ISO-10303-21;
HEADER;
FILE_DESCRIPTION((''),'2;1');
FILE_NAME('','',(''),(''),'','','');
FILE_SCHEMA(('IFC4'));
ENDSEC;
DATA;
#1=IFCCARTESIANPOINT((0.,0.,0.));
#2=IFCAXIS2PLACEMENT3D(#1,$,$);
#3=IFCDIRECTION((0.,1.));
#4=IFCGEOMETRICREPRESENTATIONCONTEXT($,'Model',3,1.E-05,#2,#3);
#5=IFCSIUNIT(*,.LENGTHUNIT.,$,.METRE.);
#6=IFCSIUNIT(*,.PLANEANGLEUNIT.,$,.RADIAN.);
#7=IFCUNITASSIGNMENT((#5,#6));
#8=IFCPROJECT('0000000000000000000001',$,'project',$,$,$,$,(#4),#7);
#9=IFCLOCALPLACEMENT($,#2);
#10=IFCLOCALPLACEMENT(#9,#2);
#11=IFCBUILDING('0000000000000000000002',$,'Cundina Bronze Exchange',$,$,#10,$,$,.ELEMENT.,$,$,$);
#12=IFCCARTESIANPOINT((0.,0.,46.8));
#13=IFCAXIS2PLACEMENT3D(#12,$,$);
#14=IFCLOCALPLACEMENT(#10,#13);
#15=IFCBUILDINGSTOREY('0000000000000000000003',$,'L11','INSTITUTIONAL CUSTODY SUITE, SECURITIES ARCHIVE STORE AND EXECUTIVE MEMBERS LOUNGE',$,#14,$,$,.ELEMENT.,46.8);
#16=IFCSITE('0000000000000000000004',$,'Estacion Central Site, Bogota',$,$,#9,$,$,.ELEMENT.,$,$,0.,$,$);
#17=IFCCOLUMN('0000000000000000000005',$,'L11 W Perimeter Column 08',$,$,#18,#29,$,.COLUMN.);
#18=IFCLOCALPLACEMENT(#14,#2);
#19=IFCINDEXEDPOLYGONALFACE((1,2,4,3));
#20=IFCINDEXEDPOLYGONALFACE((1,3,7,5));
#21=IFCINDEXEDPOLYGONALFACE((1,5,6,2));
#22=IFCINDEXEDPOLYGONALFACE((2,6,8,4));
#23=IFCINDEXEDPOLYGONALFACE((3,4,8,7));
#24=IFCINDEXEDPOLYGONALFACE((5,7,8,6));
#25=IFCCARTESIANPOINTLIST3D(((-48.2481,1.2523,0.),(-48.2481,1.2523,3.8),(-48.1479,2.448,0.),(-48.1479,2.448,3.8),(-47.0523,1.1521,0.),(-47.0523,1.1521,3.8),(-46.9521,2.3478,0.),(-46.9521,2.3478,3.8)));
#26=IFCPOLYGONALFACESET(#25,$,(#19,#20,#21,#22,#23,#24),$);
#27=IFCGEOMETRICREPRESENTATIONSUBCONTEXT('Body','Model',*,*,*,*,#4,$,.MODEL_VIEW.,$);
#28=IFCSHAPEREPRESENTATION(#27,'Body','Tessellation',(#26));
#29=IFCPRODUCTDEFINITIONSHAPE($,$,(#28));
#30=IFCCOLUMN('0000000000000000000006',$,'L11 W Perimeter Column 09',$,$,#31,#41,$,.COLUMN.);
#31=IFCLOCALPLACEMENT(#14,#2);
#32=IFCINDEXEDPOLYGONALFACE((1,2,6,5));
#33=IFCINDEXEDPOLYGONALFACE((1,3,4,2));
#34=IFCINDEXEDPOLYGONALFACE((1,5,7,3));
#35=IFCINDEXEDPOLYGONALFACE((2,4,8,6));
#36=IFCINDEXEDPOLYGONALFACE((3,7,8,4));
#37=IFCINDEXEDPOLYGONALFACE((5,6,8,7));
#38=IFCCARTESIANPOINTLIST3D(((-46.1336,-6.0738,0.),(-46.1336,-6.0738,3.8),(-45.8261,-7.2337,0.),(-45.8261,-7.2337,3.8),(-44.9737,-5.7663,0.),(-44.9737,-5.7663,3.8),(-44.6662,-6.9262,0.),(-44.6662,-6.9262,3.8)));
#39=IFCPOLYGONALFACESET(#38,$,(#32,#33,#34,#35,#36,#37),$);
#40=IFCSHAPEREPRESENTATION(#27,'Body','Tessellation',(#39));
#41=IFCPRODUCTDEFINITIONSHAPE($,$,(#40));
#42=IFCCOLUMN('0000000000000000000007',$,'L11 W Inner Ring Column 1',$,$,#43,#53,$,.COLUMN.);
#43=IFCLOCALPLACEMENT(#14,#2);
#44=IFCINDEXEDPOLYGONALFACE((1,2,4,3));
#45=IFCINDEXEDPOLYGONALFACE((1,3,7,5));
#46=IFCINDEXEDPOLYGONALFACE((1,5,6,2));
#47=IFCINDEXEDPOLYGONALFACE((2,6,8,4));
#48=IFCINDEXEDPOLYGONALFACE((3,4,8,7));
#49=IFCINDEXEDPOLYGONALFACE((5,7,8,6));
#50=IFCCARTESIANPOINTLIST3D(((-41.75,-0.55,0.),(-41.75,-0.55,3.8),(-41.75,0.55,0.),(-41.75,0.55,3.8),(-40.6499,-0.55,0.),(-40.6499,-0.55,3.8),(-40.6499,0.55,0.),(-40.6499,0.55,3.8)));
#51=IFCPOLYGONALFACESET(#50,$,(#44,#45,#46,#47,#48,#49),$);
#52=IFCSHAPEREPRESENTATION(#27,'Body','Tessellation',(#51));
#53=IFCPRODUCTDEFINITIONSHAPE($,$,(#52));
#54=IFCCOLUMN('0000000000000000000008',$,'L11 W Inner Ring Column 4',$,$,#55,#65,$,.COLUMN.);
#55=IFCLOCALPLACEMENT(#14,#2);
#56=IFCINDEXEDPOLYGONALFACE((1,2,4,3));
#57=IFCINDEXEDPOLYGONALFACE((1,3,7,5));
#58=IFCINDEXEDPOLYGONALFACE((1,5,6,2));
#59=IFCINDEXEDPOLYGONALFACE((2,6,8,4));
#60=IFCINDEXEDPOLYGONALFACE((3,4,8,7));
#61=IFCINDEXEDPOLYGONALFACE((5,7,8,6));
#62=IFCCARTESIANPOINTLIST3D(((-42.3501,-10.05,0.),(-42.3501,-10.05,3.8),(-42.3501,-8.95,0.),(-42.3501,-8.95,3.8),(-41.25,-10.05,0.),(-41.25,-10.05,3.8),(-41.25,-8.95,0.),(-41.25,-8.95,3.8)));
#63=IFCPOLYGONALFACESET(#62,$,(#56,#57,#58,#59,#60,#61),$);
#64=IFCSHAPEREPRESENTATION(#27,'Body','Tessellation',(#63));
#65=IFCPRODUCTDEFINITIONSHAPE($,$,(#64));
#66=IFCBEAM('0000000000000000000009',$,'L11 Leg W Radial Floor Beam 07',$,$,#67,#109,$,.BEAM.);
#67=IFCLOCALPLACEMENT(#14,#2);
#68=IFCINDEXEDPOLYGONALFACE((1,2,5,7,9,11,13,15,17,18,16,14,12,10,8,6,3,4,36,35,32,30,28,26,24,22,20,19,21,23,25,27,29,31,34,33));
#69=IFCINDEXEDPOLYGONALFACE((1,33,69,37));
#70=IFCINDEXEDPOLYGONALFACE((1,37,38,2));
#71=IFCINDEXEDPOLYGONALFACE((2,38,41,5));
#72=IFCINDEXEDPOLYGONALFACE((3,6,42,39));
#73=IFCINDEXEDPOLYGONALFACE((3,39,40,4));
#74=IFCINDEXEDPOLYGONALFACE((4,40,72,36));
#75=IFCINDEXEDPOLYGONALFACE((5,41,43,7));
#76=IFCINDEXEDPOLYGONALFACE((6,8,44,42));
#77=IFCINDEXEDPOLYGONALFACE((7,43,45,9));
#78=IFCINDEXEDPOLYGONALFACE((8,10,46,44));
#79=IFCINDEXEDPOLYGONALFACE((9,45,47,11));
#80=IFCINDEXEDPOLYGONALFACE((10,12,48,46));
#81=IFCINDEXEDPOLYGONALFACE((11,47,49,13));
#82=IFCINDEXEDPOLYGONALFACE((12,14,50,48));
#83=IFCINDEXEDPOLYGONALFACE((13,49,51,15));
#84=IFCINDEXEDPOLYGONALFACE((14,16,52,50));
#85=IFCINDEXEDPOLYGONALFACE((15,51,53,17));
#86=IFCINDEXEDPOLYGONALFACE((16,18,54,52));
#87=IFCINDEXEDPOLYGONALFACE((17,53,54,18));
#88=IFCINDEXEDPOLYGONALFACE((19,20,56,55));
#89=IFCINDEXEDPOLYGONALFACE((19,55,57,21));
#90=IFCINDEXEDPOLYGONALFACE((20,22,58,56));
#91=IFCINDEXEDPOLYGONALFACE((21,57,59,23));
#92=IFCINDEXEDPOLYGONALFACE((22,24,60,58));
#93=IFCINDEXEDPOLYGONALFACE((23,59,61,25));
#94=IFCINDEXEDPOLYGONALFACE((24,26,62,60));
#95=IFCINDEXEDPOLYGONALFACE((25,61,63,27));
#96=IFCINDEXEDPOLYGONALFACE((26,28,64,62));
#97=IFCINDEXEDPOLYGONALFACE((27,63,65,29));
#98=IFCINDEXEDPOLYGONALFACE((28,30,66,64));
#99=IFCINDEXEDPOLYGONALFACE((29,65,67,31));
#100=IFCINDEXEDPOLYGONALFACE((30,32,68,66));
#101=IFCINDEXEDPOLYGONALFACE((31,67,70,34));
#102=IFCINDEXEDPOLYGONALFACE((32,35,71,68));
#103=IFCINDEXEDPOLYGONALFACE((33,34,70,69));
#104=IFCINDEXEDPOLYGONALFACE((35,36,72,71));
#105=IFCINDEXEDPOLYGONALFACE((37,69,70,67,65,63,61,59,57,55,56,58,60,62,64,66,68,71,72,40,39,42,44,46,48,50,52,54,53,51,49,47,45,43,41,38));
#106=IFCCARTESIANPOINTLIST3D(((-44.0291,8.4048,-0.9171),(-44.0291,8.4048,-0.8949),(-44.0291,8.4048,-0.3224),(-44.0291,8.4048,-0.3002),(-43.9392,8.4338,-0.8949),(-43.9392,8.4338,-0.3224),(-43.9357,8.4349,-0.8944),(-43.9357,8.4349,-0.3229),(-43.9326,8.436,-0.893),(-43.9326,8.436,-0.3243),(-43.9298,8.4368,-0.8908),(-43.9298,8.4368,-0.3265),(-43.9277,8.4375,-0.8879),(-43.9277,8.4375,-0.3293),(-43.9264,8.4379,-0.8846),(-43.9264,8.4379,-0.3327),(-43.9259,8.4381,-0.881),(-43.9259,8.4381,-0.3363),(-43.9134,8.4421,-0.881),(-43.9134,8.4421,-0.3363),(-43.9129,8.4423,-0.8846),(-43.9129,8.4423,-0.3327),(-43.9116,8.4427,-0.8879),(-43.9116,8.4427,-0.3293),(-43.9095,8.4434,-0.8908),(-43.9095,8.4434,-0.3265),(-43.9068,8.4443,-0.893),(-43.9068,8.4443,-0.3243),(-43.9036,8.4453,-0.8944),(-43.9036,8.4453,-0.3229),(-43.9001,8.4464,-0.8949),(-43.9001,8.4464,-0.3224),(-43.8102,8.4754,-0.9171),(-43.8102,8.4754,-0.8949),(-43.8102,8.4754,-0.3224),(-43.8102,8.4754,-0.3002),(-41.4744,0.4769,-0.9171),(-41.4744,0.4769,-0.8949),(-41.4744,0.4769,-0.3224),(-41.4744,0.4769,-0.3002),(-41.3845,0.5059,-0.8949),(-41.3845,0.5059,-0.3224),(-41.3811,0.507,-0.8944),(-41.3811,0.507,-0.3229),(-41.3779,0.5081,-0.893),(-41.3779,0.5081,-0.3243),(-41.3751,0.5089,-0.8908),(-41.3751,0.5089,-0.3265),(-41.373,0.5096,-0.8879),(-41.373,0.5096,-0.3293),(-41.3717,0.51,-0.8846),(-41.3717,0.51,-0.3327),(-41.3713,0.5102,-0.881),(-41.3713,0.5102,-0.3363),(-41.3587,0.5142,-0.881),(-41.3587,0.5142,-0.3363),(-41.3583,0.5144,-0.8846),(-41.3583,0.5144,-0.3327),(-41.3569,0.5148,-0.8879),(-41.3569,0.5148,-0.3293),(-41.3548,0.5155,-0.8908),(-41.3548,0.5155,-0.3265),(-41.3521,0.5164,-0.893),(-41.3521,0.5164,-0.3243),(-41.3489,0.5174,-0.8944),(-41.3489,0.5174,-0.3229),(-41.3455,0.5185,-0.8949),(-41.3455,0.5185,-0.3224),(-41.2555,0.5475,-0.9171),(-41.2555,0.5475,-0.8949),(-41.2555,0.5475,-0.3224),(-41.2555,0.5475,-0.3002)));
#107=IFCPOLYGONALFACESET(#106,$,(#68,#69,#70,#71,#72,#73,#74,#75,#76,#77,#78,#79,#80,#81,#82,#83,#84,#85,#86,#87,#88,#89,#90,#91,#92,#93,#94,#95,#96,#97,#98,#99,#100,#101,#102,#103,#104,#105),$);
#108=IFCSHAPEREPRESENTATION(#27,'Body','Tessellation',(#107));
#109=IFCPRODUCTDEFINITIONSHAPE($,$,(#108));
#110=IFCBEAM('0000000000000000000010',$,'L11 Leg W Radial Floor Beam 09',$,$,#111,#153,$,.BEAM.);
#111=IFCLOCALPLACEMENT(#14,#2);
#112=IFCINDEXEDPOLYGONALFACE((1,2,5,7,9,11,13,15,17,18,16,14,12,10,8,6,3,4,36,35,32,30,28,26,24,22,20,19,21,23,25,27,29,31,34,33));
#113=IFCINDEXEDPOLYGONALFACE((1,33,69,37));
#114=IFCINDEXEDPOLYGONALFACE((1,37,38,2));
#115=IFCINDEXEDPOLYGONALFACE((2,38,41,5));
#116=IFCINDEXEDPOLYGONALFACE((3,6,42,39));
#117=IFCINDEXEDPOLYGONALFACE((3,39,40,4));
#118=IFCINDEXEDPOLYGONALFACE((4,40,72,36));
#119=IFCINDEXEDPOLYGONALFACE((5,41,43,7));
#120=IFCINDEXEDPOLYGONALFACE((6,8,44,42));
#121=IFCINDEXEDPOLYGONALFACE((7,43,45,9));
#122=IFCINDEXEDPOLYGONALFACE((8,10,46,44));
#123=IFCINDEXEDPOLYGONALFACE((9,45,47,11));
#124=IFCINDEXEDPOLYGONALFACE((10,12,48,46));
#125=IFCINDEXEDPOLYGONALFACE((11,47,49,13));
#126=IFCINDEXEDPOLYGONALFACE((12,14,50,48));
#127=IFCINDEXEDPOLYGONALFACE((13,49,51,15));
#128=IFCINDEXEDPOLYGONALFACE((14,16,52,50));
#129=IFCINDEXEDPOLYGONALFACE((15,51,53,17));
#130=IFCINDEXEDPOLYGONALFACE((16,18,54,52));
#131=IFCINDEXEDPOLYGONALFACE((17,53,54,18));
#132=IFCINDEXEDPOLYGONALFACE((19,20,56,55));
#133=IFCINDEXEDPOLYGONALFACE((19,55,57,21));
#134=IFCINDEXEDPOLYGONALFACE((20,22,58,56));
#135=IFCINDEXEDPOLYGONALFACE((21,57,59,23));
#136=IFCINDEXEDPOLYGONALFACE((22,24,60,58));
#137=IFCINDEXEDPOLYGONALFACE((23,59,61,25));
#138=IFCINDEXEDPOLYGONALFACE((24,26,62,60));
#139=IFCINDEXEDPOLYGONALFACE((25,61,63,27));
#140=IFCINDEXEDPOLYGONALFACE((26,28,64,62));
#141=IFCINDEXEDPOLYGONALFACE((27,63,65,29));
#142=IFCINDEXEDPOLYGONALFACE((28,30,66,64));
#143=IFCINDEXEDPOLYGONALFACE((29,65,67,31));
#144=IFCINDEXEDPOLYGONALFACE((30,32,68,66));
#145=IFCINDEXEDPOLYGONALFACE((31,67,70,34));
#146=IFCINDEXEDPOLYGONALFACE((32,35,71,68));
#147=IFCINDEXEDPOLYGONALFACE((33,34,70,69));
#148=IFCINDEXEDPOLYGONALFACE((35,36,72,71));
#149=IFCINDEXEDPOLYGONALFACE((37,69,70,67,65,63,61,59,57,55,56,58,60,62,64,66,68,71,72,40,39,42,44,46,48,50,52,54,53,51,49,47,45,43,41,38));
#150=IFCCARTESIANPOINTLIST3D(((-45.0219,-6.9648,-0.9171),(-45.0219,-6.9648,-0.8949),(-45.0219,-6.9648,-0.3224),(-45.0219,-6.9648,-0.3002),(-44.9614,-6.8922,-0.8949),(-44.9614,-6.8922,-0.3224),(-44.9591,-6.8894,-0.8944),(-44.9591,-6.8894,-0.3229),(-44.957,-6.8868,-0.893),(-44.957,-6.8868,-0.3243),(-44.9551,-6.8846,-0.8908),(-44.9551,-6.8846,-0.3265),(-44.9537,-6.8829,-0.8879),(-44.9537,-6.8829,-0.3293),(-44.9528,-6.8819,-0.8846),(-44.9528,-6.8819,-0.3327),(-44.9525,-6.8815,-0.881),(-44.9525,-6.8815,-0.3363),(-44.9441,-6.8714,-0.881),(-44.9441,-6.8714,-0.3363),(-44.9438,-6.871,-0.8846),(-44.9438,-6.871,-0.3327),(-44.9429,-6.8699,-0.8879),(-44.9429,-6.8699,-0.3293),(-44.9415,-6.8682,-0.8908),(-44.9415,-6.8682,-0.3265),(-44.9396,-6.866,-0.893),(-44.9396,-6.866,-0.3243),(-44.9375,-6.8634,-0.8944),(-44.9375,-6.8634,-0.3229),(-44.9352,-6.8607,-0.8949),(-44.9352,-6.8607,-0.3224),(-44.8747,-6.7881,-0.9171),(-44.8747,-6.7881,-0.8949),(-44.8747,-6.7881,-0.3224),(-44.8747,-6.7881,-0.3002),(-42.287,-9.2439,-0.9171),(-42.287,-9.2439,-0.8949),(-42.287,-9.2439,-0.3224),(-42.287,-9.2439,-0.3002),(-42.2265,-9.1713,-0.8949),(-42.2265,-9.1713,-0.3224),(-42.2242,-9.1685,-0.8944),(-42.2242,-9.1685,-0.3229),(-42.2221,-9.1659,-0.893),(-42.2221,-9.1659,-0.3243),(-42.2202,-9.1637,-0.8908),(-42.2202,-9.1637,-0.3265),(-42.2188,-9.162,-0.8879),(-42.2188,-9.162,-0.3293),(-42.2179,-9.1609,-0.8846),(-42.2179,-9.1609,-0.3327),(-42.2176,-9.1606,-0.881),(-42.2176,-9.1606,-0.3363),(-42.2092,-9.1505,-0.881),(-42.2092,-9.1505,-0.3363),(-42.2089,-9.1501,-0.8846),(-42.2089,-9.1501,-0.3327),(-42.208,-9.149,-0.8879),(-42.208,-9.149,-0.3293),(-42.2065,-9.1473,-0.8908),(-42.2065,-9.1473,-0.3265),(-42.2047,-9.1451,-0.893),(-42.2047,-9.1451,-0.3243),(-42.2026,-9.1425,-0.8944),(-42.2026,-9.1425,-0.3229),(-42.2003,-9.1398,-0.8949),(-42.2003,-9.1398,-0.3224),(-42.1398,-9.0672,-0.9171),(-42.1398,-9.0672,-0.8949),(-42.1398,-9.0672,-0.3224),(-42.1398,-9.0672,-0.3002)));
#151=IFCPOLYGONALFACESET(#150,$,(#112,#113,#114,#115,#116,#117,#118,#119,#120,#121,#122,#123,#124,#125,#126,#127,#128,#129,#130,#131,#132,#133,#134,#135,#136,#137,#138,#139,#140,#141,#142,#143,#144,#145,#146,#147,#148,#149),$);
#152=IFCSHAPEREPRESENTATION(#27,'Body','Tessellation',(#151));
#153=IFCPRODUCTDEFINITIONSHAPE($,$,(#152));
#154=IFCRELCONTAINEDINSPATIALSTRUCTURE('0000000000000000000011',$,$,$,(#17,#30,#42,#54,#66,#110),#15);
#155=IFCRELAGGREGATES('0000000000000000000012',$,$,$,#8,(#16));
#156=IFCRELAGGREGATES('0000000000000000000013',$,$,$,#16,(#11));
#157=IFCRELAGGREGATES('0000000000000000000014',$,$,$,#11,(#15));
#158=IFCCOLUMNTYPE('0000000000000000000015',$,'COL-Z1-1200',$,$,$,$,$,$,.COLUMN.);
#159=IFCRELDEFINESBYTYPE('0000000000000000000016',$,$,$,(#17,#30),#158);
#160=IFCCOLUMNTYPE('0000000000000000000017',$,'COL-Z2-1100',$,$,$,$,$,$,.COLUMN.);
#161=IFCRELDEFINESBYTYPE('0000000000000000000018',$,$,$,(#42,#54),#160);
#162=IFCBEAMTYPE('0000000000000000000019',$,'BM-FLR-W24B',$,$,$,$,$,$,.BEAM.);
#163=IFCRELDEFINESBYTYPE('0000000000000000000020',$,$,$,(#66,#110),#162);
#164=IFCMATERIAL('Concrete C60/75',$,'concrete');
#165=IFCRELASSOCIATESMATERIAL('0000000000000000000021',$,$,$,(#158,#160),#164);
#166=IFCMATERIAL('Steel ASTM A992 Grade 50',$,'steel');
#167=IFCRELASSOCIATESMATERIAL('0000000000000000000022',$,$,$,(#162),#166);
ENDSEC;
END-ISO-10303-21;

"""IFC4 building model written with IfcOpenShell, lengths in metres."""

from ifc_helpers import new_model, si_unit, direction, frame, origin, origin_2d, place, context, subcontext, project, spatial, rectangle, i_section, extrude, material, material_profile, profile_set, type_object, element, save


model = new_model("IFC4")

# Units and contexts
model_context = context("Model", 3, precision=1e-05, world=origin(), true_north=direction((0.0, 1.0)))
body_context = subcontext(model_context, "Body", "Model", "MODEL_VIEW")
ifc_project = project(units=[si_unit("LENGTHUNIT", "METRE"), si_unit("PLANEANGLEUNIT", "RADIAN")], contexts=[model_context])

# Site, building, storey
site_placement = place(None, origin())
site = spatial("IfcSite", under=ifc_project, at=site_placement, Name="Estacion Central Site, Bogota", CompositionType="ELEMENT", RefElevation=0.0)
building_placement = place(site_placement, origin())
building = spatial("IfcBuilding", under=site, at=building_placement, Name="Cundina Bronze Exchange", CompositionType="ELEMENT")
storey_placement = place(building_placement, frame((0.0, 0.0, 46.8)))
storey = spatial("IfcBuildingStorey", under=building, at=storey_placement, Name="L11", Description="INSTITUTIONAL CUSTODY SUITE, SECURITIES ARCHIVE STORE AND EXECUTIVE MEMBERS LOUNGE", CompositionType="ELEMENT", Elevation=46.8)

# Columns
ifc_material_1 = material(Name="Concrete C60/75", Category="concrete")
ifc_material_profile_1 = material_profile(ifc_material_1, rectangle(XDim=1.2, YDim=1.2, at=origin_2d()), Name="RC1200X1200", Category="concrete")
ifc_profile_set_1 = profile_set([ifc_material_profile_1], Name="Concrete C60/75")
column_type_1 = type_object("IfcColumnType", Name="COL-Z1-1200", PredefinedType="COLUMN", material=ifc_profile_set_1)
for number, where, z_axis, x_axis, name in (
    (1, (-47.6001, 1.8, 0.0), (0.0, 0.0, 1.0), (-0.083504, -0.996507, 0.0), "L11 W Perimeter Column 08"),
    (2, (-45.3999, -6.5, 0.0), (0.0, 0.0, 1.0), (0.256289, -0.9666, 0.0), "L11 W Perimeter Column 09"),
):
    element("IfcColumn", number, at=place(storey_placement, frame(where, z_axis=z_axis, x_axis=x_axis)), inside=storey, type_object=column_type_1, Name=name, PredefinedType="COLUMN", context=body_context, shape_type="SweptSolid", body=[
        extrude(rectangle(XDim=1.2, YDim=1.2, at=origin_2d()), origin(), (0.0, 0.0, 1.0), 3.8),
    ])
ifc_material_profile_2 = material_profile(ifc_material_1, rectangle(XDim=1.1001, YDim=1.1001, at=origin_2d()), Name="RC1100X1100", Category="concrete")
ifc_profile_set_2 = profile_set([ifc_material_profile_2], Name="Concrete C60/75")
column_type_2 = type_object("IfcColumnType", Name="COL-Z2-1100", PredefinedType="COLUMN", material=ifc_profile_set_2)
for number, where, z_axis, x_axis, name in (
    (3, (-41.2, 0.0, 0.0), (0.0, 0.0, 1.0), (1.0, 0.0, 0.0), "L11 W Inner Ring Column 1"),
    (4, (-41.8, -9.5, 0.0), (0.0, 0.0, 1.0), (1.0, 0.0, 0.0), "L11 W Inner Ring Column 4"),
):
    element("IfcColumn", number, at=place(storey_placement, frame(where, z_axis=z_axis, x_axis=x_axis)), inside=storey, type_object=column_type_2, Name=name, PredefinedType="COLUMN", context=body_context, shape_type="SweptSolid", body=[
        extrude(rectangle(XDim=1.1001, YDim=1.1001, at=origin_2d()), origin(), (0.0, 0.0, 1.0), 3.8),
    ])

# Beams
ifc_material_2 = material(Name="Steel ASTM A992 Grade 50", Category="steel")
ifc_material_profile_3 = material_profile(ifc_material_2, i_section(OverallWidth=0.23, OverallDepth=0.6169, WebThickness=0.0132, FlangeThickness=0.0222, FilletRadius=0.0139, at=origin_2d()), Name="W24X94", Category="steel")
ifc_profile_set_3 = profile_set([ifc_material_profile_3], Name="Steel ASTM A992 Grade 50")
beam_type_1 = type_object("IfcBeamType", Name="BM-FLR-W24B", PredefinedType="BEAM", material=ifc_profile_set_3)
beam_1_placement = place(storey_placement, frame((-41.365, 0.5122, -0.6086), z_axis=(-0.306706, 0.951804, 0.0), x_axis=(-0.951804, -0.306706, 0.0)))
element("IfcBeam", 5, at=beam_1_placement, inside=storey, type_object=beam_type_1, Name="L11 Leg W Radial Floor Beam 07", PredefinedType="BEAM", context=body_context, shape_type="SweptSolid", body=[
    extrude(i_section(OverallWidth=0.23, OverallDepth=0.6169, WebThickness=0.0132, FlangeThickness=0.0222, FilletRadius=0.0139, at=origin_2d()), origin(), (0.0, 0.0, 1.0), 8.3293),
])
beam_2_placement = place(storey_placement, frame((-42.2134, -9.1555, -0.6086), z_axis=(-0.768221, 0.640184, 0.0), x_axis=(-0.640184, -0.768221, 0.0)))
element("IfcBeam", 6, at=beam_2_placement, inside=storey, type_object=beam_type_1, Name="L11 Leg W Radial Floor Beam 09", PredefinedType="BEAM", context=body_context, shape_type="SweptSolid", body=[
    extrude(i_section(OverallWidth=0.23, OverallDepth=0.6169, WebThickness=0.0132, FlangeThickness=0.0222, FilletRadius=0.0139, at=origin_2d()), origin(), (0.0, 0.0, 1.0), 3.5601),
])

save(model, "model.ifc")
